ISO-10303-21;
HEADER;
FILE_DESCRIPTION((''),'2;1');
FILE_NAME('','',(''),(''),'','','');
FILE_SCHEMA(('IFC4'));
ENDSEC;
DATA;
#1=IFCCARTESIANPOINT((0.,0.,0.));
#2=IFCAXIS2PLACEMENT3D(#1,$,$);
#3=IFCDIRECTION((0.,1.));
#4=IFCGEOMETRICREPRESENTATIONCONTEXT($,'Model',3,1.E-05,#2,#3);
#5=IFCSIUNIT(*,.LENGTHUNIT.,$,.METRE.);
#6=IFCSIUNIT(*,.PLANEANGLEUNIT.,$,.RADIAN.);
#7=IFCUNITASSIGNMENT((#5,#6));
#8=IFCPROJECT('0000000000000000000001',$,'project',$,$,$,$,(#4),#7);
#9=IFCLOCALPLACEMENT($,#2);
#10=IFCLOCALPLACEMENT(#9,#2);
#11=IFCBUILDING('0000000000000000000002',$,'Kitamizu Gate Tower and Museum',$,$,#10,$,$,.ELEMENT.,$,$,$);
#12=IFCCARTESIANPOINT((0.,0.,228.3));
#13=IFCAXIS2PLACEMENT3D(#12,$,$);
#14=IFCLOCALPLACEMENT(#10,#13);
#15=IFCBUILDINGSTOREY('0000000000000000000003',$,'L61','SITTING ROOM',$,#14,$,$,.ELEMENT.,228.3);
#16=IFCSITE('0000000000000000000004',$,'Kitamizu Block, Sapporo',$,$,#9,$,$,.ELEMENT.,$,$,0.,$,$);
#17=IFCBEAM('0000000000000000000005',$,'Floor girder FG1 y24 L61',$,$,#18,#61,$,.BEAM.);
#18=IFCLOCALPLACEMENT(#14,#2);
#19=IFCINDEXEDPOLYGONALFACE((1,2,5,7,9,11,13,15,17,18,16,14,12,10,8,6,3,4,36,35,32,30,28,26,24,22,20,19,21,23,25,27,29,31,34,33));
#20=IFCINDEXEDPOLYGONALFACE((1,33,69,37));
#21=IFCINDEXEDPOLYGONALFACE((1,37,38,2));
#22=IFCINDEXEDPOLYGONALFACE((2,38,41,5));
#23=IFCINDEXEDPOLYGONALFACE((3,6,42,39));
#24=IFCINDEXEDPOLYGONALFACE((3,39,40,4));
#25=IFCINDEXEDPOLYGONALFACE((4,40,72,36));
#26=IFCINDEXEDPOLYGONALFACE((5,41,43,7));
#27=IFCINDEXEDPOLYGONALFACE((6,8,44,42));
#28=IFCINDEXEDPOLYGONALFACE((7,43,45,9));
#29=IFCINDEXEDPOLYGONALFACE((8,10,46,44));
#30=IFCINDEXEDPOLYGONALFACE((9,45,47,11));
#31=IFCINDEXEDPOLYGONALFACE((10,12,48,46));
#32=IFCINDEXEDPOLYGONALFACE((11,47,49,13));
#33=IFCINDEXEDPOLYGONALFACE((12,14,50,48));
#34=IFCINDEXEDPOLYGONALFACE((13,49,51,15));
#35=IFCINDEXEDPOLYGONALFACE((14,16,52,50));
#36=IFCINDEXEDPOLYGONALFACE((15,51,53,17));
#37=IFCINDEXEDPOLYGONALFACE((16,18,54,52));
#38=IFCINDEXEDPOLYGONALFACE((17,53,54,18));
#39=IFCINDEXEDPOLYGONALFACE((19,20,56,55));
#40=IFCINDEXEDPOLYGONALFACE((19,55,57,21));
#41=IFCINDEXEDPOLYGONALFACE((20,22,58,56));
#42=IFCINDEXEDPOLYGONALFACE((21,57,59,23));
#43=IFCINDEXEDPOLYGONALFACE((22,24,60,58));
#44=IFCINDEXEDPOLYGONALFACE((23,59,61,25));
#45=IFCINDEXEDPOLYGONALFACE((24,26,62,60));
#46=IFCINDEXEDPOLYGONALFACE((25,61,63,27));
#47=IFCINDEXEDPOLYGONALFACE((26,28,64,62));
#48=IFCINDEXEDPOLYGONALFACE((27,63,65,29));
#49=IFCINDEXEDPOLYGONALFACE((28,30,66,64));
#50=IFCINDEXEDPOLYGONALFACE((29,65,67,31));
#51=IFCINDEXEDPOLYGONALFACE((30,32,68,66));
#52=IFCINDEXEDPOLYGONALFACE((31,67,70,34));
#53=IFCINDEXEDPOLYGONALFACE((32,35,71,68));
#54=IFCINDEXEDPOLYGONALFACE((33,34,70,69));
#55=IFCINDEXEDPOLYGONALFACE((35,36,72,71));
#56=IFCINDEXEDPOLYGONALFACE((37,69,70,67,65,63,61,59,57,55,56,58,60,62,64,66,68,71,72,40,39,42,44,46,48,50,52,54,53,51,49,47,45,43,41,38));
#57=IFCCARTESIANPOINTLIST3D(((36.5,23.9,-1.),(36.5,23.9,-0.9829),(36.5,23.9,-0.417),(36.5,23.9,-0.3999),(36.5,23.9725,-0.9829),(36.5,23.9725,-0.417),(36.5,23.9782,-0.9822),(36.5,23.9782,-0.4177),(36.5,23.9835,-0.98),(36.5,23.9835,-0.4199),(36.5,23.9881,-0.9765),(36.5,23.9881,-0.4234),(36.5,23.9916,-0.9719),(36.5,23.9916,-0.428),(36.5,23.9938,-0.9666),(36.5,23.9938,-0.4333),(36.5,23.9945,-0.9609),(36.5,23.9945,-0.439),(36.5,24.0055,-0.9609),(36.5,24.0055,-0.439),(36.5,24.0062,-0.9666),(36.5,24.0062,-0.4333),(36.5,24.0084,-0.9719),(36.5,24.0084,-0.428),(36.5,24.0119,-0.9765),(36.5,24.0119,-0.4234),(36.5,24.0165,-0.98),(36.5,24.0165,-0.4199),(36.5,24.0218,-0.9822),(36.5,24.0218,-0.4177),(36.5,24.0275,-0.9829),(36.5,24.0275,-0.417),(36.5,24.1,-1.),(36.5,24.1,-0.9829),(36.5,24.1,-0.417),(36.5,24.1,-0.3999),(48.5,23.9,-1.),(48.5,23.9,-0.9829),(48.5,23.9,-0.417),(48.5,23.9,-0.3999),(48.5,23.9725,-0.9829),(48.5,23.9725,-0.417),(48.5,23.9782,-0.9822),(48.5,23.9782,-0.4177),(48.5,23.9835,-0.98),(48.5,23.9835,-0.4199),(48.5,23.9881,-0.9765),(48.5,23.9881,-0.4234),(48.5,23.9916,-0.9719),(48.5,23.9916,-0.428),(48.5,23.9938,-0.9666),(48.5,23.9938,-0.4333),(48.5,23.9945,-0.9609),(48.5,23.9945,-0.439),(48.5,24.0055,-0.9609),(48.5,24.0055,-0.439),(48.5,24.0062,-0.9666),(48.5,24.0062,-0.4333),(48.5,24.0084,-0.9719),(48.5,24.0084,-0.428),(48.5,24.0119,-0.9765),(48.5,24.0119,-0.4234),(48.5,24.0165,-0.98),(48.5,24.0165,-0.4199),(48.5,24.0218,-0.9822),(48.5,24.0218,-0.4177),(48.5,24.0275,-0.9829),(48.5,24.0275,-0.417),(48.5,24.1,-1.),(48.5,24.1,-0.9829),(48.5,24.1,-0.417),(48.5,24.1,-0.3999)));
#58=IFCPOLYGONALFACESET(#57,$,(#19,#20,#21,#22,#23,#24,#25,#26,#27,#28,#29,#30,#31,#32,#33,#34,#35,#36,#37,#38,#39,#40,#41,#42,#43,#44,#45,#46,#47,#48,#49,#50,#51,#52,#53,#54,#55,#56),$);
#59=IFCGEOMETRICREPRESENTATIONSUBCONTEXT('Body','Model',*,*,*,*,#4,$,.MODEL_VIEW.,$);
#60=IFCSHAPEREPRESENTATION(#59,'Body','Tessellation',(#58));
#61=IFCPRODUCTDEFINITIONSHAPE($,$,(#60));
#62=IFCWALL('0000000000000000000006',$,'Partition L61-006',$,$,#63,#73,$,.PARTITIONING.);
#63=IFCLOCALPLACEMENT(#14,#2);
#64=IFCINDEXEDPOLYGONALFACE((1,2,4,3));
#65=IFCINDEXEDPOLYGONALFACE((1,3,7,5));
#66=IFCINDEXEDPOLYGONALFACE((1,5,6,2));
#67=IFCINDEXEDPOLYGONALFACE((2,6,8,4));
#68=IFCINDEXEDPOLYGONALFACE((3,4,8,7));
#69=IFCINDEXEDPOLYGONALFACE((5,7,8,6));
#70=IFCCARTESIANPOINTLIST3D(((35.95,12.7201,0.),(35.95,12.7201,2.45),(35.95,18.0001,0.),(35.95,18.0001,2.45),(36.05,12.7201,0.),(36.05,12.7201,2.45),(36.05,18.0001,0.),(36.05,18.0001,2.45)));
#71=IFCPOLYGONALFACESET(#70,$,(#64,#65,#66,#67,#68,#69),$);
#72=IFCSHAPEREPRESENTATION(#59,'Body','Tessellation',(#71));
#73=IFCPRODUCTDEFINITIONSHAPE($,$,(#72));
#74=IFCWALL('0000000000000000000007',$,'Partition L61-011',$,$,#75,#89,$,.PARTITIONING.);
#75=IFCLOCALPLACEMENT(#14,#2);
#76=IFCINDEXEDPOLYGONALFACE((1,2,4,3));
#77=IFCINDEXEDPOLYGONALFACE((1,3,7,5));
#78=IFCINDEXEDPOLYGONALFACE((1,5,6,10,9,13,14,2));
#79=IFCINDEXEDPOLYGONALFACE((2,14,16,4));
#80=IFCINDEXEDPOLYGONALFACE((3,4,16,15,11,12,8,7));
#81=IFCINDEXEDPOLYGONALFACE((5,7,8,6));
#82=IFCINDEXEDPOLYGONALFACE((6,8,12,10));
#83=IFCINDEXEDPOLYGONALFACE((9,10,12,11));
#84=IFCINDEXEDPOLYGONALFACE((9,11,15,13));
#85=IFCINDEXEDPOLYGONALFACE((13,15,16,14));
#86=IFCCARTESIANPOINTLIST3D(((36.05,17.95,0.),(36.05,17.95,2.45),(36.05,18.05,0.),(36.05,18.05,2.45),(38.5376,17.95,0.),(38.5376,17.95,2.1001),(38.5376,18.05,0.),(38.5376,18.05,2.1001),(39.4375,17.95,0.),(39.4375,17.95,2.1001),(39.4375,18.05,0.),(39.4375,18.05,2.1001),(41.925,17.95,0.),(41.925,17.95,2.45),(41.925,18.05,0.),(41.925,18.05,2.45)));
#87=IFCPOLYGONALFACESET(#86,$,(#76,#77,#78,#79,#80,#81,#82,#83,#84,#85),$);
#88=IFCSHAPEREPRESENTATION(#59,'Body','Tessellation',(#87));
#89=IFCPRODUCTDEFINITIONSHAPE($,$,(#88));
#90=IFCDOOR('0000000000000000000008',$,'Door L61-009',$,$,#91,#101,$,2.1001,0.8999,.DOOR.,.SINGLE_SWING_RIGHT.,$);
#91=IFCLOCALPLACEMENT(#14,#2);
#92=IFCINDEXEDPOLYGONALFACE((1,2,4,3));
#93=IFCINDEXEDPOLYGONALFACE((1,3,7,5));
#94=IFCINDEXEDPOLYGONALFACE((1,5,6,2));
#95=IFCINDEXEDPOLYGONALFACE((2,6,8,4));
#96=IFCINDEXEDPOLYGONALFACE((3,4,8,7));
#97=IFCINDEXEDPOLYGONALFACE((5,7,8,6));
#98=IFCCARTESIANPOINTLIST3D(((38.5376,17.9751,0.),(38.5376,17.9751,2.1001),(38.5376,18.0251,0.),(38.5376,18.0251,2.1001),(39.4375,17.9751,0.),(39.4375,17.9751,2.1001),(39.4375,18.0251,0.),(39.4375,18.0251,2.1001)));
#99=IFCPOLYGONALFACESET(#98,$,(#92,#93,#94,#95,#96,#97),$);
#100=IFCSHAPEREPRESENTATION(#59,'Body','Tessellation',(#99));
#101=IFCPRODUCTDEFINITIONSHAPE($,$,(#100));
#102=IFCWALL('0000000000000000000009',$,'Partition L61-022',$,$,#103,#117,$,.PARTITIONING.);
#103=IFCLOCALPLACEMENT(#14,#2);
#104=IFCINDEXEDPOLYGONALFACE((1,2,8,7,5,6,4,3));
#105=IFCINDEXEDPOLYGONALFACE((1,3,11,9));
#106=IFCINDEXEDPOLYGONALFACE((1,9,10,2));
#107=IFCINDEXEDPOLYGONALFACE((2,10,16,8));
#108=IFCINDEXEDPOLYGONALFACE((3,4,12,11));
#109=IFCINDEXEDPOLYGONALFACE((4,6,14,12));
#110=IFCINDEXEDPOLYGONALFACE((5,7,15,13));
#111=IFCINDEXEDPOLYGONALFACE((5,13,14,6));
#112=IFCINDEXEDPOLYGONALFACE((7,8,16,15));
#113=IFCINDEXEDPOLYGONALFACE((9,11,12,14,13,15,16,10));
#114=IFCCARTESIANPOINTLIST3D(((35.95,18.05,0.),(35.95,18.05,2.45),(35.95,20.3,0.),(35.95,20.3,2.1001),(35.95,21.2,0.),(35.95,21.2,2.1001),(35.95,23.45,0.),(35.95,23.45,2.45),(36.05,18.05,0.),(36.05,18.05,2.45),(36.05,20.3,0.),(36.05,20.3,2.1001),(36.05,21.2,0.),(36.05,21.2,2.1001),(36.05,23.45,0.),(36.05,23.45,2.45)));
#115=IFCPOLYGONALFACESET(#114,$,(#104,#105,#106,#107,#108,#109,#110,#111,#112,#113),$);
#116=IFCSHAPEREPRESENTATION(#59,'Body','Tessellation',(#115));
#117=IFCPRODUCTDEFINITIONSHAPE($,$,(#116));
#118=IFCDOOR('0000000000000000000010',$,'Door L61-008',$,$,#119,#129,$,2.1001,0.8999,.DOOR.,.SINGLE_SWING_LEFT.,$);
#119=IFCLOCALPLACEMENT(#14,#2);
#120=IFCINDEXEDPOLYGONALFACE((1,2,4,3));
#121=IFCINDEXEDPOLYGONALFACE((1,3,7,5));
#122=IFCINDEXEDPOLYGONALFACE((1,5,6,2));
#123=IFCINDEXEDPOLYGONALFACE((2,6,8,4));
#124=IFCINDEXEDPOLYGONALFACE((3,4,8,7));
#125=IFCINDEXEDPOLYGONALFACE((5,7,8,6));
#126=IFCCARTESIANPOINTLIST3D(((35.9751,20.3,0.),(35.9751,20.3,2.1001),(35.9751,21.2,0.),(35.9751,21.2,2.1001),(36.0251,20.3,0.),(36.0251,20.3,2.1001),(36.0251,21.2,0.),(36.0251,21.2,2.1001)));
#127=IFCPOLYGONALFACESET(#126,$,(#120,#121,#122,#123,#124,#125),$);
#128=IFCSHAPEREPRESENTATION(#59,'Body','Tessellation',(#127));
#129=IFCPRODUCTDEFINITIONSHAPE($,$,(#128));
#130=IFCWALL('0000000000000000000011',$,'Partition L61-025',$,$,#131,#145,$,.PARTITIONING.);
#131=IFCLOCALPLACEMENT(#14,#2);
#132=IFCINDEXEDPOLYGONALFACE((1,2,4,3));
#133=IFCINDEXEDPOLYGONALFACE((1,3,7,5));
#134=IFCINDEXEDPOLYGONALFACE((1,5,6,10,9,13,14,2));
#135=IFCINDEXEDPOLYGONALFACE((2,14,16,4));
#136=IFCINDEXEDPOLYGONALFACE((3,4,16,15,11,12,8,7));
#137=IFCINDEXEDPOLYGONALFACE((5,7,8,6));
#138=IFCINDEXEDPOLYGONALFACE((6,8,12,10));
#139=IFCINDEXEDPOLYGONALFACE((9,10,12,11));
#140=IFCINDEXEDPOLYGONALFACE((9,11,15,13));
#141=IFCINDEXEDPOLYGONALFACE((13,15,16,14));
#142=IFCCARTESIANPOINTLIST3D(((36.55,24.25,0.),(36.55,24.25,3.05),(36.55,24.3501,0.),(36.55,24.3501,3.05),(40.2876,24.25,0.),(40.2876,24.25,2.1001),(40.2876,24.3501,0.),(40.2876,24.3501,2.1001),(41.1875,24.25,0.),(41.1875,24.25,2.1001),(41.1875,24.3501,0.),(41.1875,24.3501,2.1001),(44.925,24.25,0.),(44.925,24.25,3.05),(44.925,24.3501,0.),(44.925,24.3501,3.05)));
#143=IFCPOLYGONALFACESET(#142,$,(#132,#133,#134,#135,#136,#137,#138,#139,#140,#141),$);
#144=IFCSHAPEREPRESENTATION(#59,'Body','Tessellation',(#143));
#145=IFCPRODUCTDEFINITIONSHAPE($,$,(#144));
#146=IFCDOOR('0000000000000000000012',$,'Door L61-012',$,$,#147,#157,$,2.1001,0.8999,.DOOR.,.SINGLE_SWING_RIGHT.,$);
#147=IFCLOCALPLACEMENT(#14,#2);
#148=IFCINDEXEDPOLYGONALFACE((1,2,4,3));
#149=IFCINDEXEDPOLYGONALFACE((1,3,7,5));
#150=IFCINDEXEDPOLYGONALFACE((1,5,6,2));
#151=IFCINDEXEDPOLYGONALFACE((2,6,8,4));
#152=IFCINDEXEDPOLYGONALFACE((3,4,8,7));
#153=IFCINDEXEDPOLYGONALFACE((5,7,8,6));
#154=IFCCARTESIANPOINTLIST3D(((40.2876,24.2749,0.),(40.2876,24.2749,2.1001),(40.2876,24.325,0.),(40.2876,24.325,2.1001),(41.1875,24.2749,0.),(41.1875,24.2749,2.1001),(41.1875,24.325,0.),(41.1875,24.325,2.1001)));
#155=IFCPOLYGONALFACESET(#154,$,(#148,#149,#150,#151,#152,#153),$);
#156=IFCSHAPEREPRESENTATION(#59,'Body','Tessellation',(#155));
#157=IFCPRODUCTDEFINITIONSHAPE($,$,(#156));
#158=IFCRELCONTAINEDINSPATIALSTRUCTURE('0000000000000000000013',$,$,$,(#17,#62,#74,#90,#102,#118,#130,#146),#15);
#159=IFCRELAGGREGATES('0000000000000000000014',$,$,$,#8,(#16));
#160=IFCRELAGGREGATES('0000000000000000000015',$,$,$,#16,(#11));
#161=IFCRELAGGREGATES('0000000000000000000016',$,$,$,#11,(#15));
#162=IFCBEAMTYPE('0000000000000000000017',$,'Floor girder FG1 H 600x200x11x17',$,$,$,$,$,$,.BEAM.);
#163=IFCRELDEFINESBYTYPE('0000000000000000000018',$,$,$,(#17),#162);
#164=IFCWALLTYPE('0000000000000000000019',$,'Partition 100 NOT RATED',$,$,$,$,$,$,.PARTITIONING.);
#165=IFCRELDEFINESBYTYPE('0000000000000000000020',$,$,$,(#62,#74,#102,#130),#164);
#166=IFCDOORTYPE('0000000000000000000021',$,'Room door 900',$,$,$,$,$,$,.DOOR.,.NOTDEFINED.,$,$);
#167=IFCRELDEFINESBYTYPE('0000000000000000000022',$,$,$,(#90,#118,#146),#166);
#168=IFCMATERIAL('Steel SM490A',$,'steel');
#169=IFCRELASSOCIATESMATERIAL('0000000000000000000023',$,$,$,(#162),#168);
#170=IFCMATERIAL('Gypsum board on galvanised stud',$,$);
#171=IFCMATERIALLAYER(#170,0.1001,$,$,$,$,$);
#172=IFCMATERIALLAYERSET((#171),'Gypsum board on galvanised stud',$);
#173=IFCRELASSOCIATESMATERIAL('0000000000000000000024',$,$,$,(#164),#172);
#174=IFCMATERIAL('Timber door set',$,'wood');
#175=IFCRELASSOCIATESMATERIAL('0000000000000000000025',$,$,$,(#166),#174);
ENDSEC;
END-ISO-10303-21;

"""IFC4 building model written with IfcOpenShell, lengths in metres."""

from ifc_helpers import new_model, si_unit, direction, frame, frame_2d, origin, origin_2d, place, context, subcontext, project, spatial, rectangle, i_section, extrude, material, layer, layer_set, material_profile, profile_set, type_object, element, fill, save


model = new_model("IFC4")

# Units and contexts
model_context = context("Model", 3, precision=1e-05, world=origin(), true_north=direction((0.0, 1.0)))
body_context = subcontext(model_context, "Body", "Model", "MODEL_VIEW")
ifc_project = project(units=[si_unit("LENGTHUNIT", "METRE"), si_unit("PLANEANGLEUNIT", "RADIAN")], contexts=[model_context])

# Site, building, storey
site_placement = place(None, origin())
site = spatial("IfcSite", under=ifc_project, at=site_placement, Name="Kitamizu Block, Sapporo", CompositionType="ELEMENT", RefElevation=0.0)
building_placement = place(site_placement, origin())
building = spatial("IfcBuilding", under=site, at=building_placement, Name="Kitamizu Gate Tower and Museum", CompositionType="ELEMENT")
storey_placement = place(building_placement, frame((0.0, 0.0, 228.3)))
storey = spatial("IfcBuildingStorey", under=building, at=storey_placement, Name="L61", Description="SITTING ROOM", CompositionType="ELEMENT", Elevation=228.3)

# Beam
ifc_material_1 = material(Name="Steel SM490A", Category="steel")
ifc_material_profile_1 = material_profile(ifc_material_1, i_section(OverallWidth=0.2, OverallDepth=0.6001, WebThickness=0.011, FlangeThickness=0.0171, FilletRadius=0.022, at=origin_2d()), Name="H-600x200x11x17")
ifc_profile_set_1 = profile_set([ifc_material_profile_1], Name="Steel SM490A")
beam_type_1 = type_object("IfcBeamType", Name="Floor girder FG1 H 600x200x11x17", PredefinedType="BEAM", material=ifc_profile_set_1)
beam_1_placement = place(storey_placement, frame((36.5, 24.0, -0.7), z_axis=(1.0, 0.0, 0.0), x_axis=(0.0, 1.0, 0.0)))
element("IfcBeam", 1, at=beam_1_placement, inside=storey, type_object=beam_type_1, Name="Floor girder FG1 y24 L61", PredefinedType="BEAM", context=body_context, shape_type="SweptSolid", body=[
    extrude(i_section(OverallWidth=0.2, OverallDepth=0.6001, WebThickness=0.011, FlangeThickness=0.0171, FilletRadius=0.022, at=origin_2d()), origin(), (0.0, 0.0, 1.0), 12.0),
])

# Wall
ifc_material_2 = material(Name="Gypsum board on galvanised stud")
ifc_layer_1 = layer(ifc_material_2, 0.1001)
ifc_layer_set_1 = layer_set([ifc_layer_1], Name="Gypsum board on galvanised stud")
wall_type_1 = type_object("IfcWallType", Name="Partition 100 NOT RATED", PredefinedType="PARTITIONING", material=ifc_layer_set_1)
wall_1_placement = place(storey_placement, frame((36.0, 12.72, 0.0), z_axis=(0.0, 0.0, 1.0), x_axis=(0.0, 1.0, 0.0)))
element("IfcWall", 2, at=wall_1_placement, inside=storey, type_object=wall_type_1, Name="Partition L61-006", PredefinedType="PARTITIONING", context=body_context, shape_type="SweptSolid", body=[
    extrude(rectangle(XDim=5.28, YDim=0.1001, at=frame_2d((2.6401, 0.0))), origin(), (0.0, 0.0, 1.0), 2.45),
])

# Walls, openings, doors
wall_2_placement = place(storey_placement, frame((41.925, 18.0, 0.0), z_axis=(0.0, 0.0, 1.0), x_axis=(-1.0, 0.0, 0.0)))
wall_2 = element("IfcWall", 3, at=wall_2_placement, inside=storey, type_object=wall_type_1, Name="Partition L61-011", PredefinedType="PARTITIONING", context=body_context, shape_type="SweptSolid", body=[
    extrude(rectangle(XDim=5.875, YDim=0.1001, at=frame_2d((2.9375, 0.0))), origin(), (0.0, 0.0, 1.0), 2.45),
])
opening_1_placement = place(wall_2_placement, frame((2.4875, 0.0, 0.0)))
opening_1 = element("IfcOpeningElement", 4, at=opening_1_placement, cuts=wall_2, PredefinedType="OPENING", context=body_context, shape_type="SweptSolid", body=[
    extrude(rectangle(XDim=0.8999, YDim=2.1001, at=frame_2d((0.45, 1.05))), frame((0.0, 0.0601, 0.0), z_axis=(0.0, -1.0, 0.0), x_axis=(1.0, 0.0, 0.0)), (0.0, 0.0, 1.0), 0.1201),
])
ifc_material_3 = material(Name="Timber door set", Category="wood")
door_type_1 = type_object("IfcDoorType", Name="Room door 900", OperationType="NOTDEFINED", PredefinedType="DOOR", material=ifc_material_3)
door_1_placement = place(opening_1_placement, origin())
door_1 = element("IfcDoor", 5, at=door_1_placement, inside=storey, type_object=door_type_1, Name="Door L61-009", OperationType="SINGLE_SWING_RIGHT", OverallHeight=2.1001, OverallWidth=0.8999, PredefinedType="DOOR", context=body_context, shape_type="SweptSolid", body=[
    extrude(rectangle(XDim=0.8999, YDim=2.1001, at=frame_2d((0.45, 1.05))), frame((0.0, 0.0249, 0.0), z_axis=(0.0, -1.0, 0.0), x_axis=(1.0, 0.0, 0.0)), (0.0, 0.0, 1.0), 0.05),
])
fill(opening_1, door_1)
wall_3_placement = place(storey_placement, frame((36.0, 18.05, 0.0), z_axis=(0.0, 0.0, 1.0), x_axis=(0.0, 1.0, 0.0)))
wall_3 = element("IfcWall", 6, at=wall_3_placement, inside=storey, type_object=wall_type_1, Name="Partition L61-022", PredefinedType="PARTITIONING", context=body_context, shape_type="SweptSolid", body=[
    extrude(rectangle(XDim=5.3999, YDim=0.1001, at=frame_2d((2.7, 0.0))), origin(), (0.0, 0.0, 1.0), 2.45),
])
opening_2_placement = place(wall_3_placement, frame((2.25, 0.0, 0.0)))
opening_2 = element("IfcOpeningElement", 7, at=opening_2_placement, cuts=wall_3, PredefinedType="OPENING", context=body_context, shape_type="SweptSolid", body=[
    extrude(rectangle(XDim=0.8999, YDim=2.1001, at=frame_2d((0.45, 1.05))), frame((0.0, 0.0601, 0.0), z_axis=(0.0, -1.0, 0.0), x_axis=(1.0, 0.0, 0.0)), (0.0, 0.0, 1.0), 0.1201),
])
door_2_placement = place(opening_2_placement, origin())
door_2 = element("IfcDoor", 8, at=door_2_placement, inside=storey, type_object=door_type_1, Name="Door L61-008", OperationType="SINGLE_SWING_LEFT", OverallHeight=2.1001, OverallWidth=0.8999, PredefinedType="DOOR", context=body_context, shape_type="SweptSolid", body=[
    extrude(rectangle(XDim=0.8999, YDim=2.1001, at=frame_2d((0.45, 1.05))), frame((0.0, 0.0249, 0.0), z_axis=(0.0, -1.0, 0.0), x_axis=(1.0, 0.0, 0.0)), (0.0, 0.0, 1.0), 0.05),
])
fill(opening_2, door_2)
wall_4_placement = place(storey_placement, frame((44.925, 24.3, 0.0), z_axis=(0.0, 0.0, 1.0), x_axis=(-1.0, 0.0, 0.0)))
wall_4 = element("IfcWall", 9, at=wall_4_placement, inside=storey, type_object=wall_type_1, Name="Partition L61-025", PredefinedType="PARTITIONING", context=body_context, shape_type="SweptSolid", body=[
    extrude(rectangle(XDim=8.375, YDim=0.1001, at=frame_2d((4.1875, 0.0))), origin(), (0.0, 0.0, 1.0), 3.05),
])
opening_3_placement = place(wall_4_placement, frame((3.7375, 0.0, 0.0)))
opening_3 = element("IfcOpeningElement", 10, at=opening_3_placement, cuts=wall_4, PredefinedType="OPENING", context=body_context, shape_type="SweptSolid", body=[
    extrude(rectangle(XDim=0.8999, YDim=2.1001, at=frame_2d((0.45, 1.05))), frame((0.0, 0.0601, 0.0), z_axis=(0.0, -1.0, 0.0), x_axis=(1.0, 0.0, 0.0)), (0.0, 0.0, 1.0), 0.1201),
])
door_3_placement = place(opening_3_placement, frame((0.8999, 0.0, 0.0), x_axis=(-1.0, 0.0, 0.0)))
door_3 = element("IfcDoor", 11, at=door_3_placement, inside=storey, type_object=door_type_1, Name="Door L61-012", OperationType="SINGLE_SWING_RIGHT", OverallHeight=2.1001, OverallWidth=0.8999, PredefinedType="DOOR", context=body_context, shape_type="SweptSolid", body=[
    extrude(rectangle(XDim=0.8999, YDim=2.1001, at=frame_2d((0.45, 1.05))), frame((0.0, 0.0249, 0.0), z_axis=(0.0, -1.0, 0.0), x_axis=(1.0, 0.0, 0.0)), (0.0, 0.0, 1.0), 0.05),
])
fill(opening_3, door_3)

save(model, "model.ifc")
